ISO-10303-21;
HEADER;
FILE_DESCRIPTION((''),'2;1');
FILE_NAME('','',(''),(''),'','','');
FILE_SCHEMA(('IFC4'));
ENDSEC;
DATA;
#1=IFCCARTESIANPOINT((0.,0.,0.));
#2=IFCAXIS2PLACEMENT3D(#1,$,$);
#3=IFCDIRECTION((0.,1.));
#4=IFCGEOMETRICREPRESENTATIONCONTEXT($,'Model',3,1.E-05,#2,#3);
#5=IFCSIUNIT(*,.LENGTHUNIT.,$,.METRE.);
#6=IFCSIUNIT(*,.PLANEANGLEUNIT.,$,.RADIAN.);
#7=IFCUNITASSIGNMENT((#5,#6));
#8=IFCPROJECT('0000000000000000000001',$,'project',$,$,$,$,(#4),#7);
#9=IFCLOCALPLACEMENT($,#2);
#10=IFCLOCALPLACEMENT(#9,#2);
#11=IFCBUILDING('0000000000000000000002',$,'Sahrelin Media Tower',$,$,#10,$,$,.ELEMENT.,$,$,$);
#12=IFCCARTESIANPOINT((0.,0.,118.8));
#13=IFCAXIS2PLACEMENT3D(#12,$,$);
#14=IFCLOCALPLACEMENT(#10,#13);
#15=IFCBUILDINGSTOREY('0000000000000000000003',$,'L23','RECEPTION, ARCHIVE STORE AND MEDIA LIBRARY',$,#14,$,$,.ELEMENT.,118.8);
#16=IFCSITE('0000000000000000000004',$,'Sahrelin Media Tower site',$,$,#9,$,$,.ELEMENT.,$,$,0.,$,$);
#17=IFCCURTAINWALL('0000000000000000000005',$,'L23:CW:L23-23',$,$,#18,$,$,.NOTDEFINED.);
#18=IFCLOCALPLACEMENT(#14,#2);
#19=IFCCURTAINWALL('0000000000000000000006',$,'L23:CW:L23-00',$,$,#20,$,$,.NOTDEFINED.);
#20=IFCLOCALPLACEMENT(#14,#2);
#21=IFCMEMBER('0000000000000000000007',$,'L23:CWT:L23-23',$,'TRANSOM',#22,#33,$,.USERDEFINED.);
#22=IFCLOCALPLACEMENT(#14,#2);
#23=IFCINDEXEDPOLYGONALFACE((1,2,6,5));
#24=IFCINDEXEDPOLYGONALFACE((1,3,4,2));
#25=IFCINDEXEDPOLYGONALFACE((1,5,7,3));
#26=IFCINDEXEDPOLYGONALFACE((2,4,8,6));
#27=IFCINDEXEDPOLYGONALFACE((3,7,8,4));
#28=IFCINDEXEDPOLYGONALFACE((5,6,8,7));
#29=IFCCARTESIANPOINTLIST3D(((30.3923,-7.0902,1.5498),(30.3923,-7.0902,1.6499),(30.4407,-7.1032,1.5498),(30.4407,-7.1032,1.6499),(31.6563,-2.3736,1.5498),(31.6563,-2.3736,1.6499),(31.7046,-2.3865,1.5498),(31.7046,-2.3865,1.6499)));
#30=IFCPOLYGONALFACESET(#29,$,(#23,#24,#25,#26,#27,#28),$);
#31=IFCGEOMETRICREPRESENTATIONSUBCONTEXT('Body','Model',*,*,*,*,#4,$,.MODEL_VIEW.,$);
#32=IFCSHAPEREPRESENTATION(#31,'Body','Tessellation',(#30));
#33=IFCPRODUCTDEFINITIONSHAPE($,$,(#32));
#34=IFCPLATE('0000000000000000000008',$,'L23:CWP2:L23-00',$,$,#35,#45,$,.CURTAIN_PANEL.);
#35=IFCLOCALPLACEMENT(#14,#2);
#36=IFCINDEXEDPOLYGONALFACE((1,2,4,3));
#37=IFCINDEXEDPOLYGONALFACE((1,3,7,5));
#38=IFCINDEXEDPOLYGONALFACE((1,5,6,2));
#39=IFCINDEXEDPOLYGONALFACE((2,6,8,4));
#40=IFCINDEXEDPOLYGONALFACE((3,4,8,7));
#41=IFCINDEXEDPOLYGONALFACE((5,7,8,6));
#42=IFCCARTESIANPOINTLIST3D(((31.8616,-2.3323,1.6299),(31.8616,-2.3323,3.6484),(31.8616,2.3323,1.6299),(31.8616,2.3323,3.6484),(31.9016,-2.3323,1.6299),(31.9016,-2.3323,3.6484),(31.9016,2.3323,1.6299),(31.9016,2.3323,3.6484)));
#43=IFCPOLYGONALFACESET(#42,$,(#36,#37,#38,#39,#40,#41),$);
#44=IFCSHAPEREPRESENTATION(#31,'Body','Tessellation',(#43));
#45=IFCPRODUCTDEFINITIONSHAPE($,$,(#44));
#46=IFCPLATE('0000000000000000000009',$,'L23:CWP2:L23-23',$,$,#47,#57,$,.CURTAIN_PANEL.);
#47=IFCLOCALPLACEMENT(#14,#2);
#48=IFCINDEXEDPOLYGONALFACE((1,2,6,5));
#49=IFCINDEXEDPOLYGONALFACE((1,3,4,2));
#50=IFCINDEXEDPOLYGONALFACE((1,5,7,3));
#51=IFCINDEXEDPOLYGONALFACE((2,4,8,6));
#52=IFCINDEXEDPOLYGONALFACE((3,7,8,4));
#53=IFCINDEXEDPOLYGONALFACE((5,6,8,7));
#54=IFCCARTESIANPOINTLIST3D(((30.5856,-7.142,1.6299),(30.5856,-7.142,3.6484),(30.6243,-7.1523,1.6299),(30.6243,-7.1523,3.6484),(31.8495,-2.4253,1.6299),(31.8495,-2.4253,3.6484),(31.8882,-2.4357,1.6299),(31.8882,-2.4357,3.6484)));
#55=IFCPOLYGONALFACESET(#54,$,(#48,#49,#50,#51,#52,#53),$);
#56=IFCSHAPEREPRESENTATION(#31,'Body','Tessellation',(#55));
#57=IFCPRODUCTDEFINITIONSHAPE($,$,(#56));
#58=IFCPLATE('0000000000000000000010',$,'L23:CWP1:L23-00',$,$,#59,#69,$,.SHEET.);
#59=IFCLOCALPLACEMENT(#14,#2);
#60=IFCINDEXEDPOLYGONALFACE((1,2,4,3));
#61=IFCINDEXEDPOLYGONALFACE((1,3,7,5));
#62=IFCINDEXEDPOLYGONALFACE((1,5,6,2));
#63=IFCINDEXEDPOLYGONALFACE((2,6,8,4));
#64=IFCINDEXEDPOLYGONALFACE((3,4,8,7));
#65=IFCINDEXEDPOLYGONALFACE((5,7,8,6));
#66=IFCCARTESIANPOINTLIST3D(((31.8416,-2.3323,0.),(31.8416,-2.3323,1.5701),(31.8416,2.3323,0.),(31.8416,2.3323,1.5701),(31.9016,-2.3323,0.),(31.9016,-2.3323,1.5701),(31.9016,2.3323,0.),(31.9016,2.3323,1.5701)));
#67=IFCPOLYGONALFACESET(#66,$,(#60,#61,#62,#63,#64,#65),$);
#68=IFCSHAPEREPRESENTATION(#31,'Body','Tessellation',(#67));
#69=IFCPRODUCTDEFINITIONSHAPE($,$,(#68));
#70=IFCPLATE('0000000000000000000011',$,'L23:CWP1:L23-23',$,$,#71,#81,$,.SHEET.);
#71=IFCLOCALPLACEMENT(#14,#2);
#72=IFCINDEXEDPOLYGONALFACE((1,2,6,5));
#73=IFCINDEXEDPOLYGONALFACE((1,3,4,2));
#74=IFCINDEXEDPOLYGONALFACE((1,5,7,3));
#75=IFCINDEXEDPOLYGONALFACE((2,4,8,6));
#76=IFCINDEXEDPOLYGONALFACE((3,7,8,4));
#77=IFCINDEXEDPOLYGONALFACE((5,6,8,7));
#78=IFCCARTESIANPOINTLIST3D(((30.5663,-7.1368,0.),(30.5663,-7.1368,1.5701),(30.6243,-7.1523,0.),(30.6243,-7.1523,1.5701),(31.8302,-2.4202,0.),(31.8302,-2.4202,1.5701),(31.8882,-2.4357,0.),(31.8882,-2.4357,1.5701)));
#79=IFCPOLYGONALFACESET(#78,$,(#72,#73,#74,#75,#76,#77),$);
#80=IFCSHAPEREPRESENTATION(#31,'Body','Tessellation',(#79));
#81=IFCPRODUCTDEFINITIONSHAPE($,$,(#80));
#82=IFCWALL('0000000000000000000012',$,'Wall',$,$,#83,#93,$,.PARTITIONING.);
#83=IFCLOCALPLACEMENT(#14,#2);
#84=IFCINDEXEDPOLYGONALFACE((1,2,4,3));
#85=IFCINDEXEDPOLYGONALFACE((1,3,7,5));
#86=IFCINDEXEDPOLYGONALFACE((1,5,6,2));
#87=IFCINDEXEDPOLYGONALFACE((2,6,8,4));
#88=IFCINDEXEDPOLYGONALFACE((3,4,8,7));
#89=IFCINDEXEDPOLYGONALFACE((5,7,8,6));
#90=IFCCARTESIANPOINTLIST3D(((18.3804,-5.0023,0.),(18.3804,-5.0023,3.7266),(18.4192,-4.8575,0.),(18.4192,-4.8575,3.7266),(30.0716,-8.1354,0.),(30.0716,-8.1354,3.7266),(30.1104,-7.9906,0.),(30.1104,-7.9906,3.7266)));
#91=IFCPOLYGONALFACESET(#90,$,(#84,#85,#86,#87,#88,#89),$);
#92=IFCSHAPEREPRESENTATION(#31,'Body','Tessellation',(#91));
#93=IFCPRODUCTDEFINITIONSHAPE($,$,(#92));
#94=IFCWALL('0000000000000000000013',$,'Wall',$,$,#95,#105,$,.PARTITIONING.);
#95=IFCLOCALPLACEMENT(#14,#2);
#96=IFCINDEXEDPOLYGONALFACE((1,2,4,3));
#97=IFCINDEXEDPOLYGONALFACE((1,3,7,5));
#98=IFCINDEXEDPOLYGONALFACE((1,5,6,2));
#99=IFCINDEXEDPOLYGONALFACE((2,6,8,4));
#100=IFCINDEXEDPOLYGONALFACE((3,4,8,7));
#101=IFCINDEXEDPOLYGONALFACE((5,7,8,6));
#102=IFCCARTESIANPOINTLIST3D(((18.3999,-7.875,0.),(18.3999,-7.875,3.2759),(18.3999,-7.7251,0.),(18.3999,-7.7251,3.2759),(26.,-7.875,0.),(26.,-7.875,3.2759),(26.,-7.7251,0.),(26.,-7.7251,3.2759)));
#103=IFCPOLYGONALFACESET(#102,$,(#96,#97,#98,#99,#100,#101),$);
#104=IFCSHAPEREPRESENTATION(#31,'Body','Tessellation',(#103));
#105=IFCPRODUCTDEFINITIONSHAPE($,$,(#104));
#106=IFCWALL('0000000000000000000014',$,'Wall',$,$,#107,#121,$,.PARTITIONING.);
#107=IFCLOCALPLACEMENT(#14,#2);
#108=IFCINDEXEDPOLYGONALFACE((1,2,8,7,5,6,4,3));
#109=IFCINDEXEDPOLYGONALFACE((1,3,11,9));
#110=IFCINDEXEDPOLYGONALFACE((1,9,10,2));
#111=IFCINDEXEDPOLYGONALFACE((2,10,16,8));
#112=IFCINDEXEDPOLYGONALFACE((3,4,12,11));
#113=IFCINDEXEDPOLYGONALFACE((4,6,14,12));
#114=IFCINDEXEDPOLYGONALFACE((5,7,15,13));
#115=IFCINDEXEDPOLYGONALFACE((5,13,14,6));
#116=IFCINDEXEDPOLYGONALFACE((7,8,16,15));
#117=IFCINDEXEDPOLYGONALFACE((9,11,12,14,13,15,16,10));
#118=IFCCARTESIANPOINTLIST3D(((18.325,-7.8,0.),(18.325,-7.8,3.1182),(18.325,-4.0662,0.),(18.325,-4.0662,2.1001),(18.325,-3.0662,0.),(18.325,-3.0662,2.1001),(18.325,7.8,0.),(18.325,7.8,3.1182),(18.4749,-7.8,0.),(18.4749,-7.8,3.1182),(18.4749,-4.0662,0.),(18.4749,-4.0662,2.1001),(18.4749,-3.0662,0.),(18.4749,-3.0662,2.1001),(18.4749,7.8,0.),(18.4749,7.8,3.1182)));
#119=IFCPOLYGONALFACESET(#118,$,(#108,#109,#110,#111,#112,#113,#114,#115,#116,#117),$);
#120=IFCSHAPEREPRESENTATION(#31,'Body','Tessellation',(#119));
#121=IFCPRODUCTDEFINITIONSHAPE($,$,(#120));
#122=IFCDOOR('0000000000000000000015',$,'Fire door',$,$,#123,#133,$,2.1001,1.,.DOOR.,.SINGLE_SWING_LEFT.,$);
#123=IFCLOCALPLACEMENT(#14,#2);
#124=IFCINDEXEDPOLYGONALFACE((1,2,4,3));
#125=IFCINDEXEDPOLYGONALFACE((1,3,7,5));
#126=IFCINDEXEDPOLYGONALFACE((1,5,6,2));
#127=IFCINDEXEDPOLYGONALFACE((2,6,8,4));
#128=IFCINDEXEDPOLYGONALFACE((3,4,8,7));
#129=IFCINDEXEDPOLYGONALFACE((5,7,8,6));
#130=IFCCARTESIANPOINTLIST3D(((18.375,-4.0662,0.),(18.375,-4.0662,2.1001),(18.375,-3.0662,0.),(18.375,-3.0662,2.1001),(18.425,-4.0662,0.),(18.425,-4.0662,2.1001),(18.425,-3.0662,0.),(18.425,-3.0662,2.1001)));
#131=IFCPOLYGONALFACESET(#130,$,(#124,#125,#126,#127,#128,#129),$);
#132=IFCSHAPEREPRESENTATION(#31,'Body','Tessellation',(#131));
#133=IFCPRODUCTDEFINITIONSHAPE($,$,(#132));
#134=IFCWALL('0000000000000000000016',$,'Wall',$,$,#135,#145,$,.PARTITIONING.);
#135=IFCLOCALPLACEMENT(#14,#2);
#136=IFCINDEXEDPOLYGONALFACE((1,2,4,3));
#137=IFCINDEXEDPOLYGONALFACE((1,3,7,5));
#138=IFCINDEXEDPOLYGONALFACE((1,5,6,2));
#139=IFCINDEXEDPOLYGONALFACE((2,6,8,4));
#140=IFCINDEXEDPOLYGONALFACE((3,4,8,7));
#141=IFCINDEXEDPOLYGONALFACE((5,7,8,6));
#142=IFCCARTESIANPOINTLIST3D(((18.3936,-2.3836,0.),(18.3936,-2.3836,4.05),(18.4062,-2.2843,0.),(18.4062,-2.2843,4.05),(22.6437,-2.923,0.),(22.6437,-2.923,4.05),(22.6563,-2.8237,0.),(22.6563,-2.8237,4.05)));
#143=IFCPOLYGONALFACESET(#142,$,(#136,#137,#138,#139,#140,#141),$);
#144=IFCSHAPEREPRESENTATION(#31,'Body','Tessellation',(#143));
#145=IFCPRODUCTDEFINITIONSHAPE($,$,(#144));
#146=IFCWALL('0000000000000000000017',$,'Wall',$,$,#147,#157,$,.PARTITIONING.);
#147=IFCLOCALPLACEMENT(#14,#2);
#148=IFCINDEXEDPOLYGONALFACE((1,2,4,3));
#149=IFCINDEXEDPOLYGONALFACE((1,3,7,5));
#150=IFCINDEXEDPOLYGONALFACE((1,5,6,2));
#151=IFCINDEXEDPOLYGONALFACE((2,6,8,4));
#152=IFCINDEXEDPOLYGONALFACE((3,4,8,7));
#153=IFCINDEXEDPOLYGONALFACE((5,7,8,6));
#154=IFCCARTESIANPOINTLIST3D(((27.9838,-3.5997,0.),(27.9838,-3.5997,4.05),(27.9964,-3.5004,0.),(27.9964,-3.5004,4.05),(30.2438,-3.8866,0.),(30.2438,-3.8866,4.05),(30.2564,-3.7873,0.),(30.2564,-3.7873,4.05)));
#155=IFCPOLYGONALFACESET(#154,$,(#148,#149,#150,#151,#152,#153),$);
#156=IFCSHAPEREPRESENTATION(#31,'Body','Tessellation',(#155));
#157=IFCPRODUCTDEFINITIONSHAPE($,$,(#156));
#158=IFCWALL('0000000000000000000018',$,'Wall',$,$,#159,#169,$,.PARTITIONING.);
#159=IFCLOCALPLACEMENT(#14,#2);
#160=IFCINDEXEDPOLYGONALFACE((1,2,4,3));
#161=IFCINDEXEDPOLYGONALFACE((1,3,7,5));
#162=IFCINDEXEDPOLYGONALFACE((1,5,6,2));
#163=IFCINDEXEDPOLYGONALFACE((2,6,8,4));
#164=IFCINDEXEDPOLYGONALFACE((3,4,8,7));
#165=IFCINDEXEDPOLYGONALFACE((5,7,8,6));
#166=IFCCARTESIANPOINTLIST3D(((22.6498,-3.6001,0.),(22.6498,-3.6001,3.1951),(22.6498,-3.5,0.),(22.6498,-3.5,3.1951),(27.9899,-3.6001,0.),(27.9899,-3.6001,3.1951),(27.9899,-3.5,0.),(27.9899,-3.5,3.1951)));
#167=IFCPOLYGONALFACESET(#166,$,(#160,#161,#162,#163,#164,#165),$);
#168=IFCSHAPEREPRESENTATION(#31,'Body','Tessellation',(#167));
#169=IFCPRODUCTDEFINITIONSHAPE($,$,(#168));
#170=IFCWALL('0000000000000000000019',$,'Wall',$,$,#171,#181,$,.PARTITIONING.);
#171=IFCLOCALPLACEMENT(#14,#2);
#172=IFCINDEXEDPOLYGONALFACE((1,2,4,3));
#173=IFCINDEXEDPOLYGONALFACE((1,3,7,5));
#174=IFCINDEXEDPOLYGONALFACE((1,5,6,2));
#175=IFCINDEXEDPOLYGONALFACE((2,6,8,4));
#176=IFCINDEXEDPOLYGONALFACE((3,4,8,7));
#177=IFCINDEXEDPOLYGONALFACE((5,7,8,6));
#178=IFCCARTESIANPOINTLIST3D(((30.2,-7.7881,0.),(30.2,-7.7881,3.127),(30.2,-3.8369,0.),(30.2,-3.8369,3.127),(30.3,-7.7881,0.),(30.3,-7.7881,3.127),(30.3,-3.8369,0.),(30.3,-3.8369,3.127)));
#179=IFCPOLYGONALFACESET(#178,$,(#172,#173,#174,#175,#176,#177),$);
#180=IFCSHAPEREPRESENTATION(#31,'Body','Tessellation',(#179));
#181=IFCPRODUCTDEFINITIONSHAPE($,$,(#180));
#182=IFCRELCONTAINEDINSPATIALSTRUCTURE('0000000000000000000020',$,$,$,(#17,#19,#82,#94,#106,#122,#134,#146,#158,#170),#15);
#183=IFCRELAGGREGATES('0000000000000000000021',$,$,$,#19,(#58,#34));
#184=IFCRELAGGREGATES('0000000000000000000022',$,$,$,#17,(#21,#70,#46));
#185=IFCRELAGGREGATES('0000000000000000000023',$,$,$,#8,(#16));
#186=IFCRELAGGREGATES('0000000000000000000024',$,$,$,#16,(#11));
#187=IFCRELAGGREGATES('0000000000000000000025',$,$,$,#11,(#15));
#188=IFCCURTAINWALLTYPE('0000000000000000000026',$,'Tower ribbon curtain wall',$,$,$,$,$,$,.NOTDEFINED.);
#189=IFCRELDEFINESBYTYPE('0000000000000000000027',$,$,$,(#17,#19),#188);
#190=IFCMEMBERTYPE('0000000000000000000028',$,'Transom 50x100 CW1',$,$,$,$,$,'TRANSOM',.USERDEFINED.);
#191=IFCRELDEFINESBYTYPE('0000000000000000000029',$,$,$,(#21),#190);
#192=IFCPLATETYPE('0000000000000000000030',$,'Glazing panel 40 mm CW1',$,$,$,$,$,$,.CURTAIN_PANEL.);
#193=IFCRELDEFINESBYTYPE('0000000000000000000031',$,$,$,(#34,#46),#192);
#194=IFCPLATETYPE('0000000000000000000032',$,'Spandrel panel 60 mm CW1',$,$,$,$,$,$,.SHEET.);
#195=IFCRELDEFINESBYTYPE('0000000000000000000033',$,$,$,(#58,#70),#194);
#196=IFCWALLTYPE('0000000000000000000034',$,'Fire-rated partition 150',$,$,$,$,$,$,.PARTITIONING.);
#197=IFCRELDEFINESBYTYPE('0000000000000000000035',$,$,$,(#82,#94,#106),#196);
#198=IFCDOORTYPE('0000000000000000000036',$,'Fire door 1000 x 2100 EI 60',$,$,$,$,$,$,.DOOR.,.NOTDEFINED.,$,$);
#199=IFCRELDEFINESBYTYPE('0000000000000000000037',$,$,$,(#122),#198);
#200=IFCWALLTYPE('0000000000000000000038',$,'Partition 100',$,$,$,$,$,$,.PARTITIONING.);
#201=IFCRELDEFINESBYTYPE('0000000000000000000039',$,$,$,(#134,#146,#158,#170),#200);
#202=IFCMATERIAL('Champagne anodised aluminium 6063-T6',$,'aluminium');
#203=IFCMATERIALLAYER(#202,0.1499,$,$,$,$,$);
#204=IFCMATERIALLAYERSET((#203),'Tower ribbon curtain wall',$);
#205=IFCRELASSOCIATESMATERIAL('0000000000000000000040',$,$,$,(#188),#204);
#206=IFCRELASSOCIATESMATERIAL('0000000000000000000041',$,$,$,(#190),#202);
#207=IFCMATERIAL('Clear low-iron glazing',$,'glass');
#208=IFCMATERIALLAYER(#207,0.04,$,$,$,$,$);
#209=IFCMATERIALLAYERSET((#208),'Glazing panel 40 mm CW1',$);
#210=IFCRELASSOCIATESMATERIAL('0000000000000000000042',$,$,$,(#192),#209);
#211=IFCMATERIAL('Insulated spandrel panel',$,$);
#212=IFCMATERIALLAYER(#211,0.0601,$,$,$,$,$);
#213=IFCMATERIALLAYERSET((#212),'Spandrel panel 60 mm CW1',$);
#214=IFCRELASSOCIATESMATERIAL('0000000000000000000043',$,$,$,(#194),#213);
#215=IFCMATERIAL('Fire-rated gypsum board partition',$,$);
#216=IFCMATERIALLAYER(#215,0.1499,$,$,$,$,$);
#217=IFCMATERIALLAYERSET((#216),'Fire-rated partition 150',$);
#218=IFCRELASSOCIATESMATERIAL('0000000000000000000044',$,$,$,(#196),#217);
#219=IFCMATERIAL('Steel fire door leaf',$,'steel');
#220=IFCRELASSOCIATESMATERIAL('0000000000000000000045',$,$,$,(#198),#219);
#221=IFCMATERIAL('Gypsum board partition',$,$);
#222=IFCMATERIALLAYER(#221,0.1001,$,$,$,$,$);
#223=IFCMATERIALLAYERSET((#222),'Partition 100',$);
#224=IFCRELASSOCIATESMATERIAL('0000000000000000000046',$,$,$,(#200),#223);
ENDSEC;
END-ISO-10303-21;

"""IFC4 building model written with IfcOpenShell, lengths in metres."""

from ifc_helpers import new_model, si_unit, direction, frame, frame_2d, origin, origin_2d, place, context, subcontext, project, spatial, polyline, rectangle, outline, extrude, material, layer, layer_set, material_profile, profile_set, type_object, element, fill, aggregate, save


model = new_model("IFC4")

# Units and contexts
model_context = context("Model", 3, precision=1e-05, world=origin(), true_north=direction((0.0, 1.0)))
body_context = subcontext(model_context, "Body", "Model", "MODEL_VIEW")
ifc_project = project(units=[si_unit("LENGTHUNIT", "METRE"), si_unit("PLANEANGLEUNIT", "RADIAN")], contexts=[model_context])

# Site, building, storey
site_placement = place(None, origin())
site = spatial("IfcSite", under=ifc_project, at=site_placement, Name="Sahrelin Media Tower site", CompositionType="ELEMENT", RefElevation=0.0)
building_placement = place(site_placement, origin())
building = spatial("IfcBuilding", under=site, at=building_placement, Name="Sahrelin Media Tower", CompositionType="ELEMENT")
storey_placement = place(building_placement, frame((0.0, 0.0, 118.8)))
storey = spatial("IfcBuildingStorey", under=building, at=storey_placement, Name="L23", Description="RECEPTION, ARCHIVE STORE AND MEDIA LIBRARY", CompositionType="ELEMENT", Elevation=118.8)

# Curtain wall
ifc_material_1 = material(Name="Champagne anodised aluminium 6063-T6", Category="aluminium")
ifc_layer_1 = layer(ifc_material_1, 0.1499)
ifc_layer_set_1 = layer_set([ifc_layer_1], Name="Tower ribbon curtain wall")
curtain_wall_type = type_object("IfcCurtainWallType", Name="Tower ribbon curtain wall", PredefinedType="NOTDEFINED", material=ifc_layer_set_1)
curtain_wall_1_placement = place(storey_placement, frame((31.2368, -4.7888, 0.0), z_axis=(0.0, 0.0, 1.0), x_axis=(1.0, 0.0, 0.0)))
curtain_wall_1 = element("IfcCurtainWall", 1, at=curtain_wall_1_placement, inside=storey, type_object=curtain_wall_type, Name="L23:CW:L23-23", PredefinedType="NOTDEFINED")

# Curtain wall
curtain_wall_2_placement = place(storey_placement, frame((31.8816, 0.0, 0.0), z_axis=(0.0, 0.0, 1.0), x_axis=(1.0, 0.0, 0.0)))
curtain_wall_2 = element("IfcCurtainWall", 2, at=curtain_wall_2_placement, inside=storey, type_object=curtain_wall_type, Name="L23:CW:L23-00", PredefinedType="NOTDEFINED")
ifc_material_profile_1 = material_profile(ifc_material_1, rectangle(XDim=0.05, YDim=0.1001, at=origin_2d()), Name="Transom 50x100")
ifc_profile_set_1 = profile_set([ifc_material_profile_1], Name="Champagne anodised aluminium 6063-T6")
member_type_1 = type_object("IfcMemberType", Name="Transom 50x100 CW1", ElementType="TRANSOM", PredefinedType="USERDEFINED", material=ifc_profile_set_1)

# Member
member_1_placement = place(storey_placement, frame((30.4165, -7.0967, 1.5999), z_axis=(0.258842, 0.96592, 0.0), x_axis=(-0.96592, 0.258842, 0.0)))
member_1 = element("IfcMember", 3, at=member_1_placement, type_object=member_type_1, Name="L23:CWT:L23-23", ObjectType="TRANSOM", PredefinedType="USERDEFINED", context=body_context, shape_type="SweptSolid", body=[
    extrude(rectangle(XDim=0.05, YDim=0.1001, at=origin_2d()), origin(), (0.0, 0.0, 1.0), 4.8831),
])

# Plates
ifc_material_2 = material(Name="Clear low-iron glazing", Category="glass")
ifc_layer_2 = layer(ifc_material_2, 0.04)
ifc_layer_set_2 = layer_set([ifc_layer_2], Name="Glazing panel 40 mm CW1")
plate_type_1 = type_object("IfcPlateType", Name="Glazing panel 40 mm CW1", PredefinedType="CURTAIN_PANEL", material=ifc_layer_set_2)
plate_1_placement = place(storey_placement, frame((31.9016, -2.3323, 1.6299), z_axis=(1.0, 0.0, 0.0), x_axis=(0.0, 1.0, 0.0)))
plate_1 = element("IfcPlate", 4, at=plate_1_placement, type_object=plate_type_1, Name="L23:CWP2:L23-00", PredefinedType="CURTAIN_PANEL", context=body_context, shape_type="SweptSolid", body=[
    extrude(outline(polyline([(0.0, 0.0), (4.6646, 0.0), (4.6646, 2.0186), (0.0, 2.0186), (0.0, 0.0)])), origin(), (0.0, 0.0, -1.0), 0.04),
])
plate_2_placement = place(storey_placement, frame((30.6243, -7.1523, 1.6299), z_axis=(0.96592, -0.258842, 0.0), x_axis=(0.258842, 0.96592, 0.0)))
plate_2 = element("IfcPlate", 5, at=plate_2_placement, type_object=plate_type_1, Name="L23:CWP2:L23-23", PredefinedType="CURTAIN_PANEL", context=body_context, shape_type="SweptSolid", body=[
    extrude(outline(polyline([(0.0, 0.0), (4.8831, 0.0), (4.8831, 2.0186), (0.0, 2.0186), (0.0, 0.0)])), origin(), (0.0, 0.0, -1.0), 0.04),
])
ifc_material_3 = material(Name="Insulated spandrel panel")
ifc_layer_3 = layer(ifc_material_3, 0.0601)
ifc_layer_set_3 = layer_set([ifc_layer_3], Name="Spandrel panel 60 mm CW1")
plate_type_2 = type_object("IfcPlateType", Name="Spandrel panel 60 mm CW1", PredefinedType="SHEET", material=ifc_layer_set_3)
plate_3_placement = place(storey_placement, frame((31.9016, -2.3323, 0.0), z_axis=(1.0, 0.0, 0.0), x_axis=(0.0, 1.0, 0.0)))
plate_3 = element("IfcPlate", 6, at=plate_3_placement, type_object=plate_type_2, Name="L23:CWP1:L23-00", PredefinedType="SHEET", context=body_context, shape_type="SweptSolid", body=[
    extrude(outline(polyline([(0.0, 0.0), (4.6646, 0.0), (4.6646, 1.5701), (0.0, 1.5701), (0.0, 0.0)])), origin(), (0.0, 0.0, -1.0), 0.0601),
])
aggregate(curtain_wall_2, [plate_3, plate_1])
plate_4_placement = place(storey_placement, frame((30.6243, -7.1523, 0.0), z_axis=(0.96592, -0.258842, 0.0), x_axis=(0.258842, 0.96592, 0.0)))
plate_4 = element("IfcPlate", 7, at=plate_4_placement, type_object=plate_type_2, Name="L23:CWP1:L23-23", PredefinedType="SHEET", context=body_context, shape_type="SweptSolid", body=[
    extrude(outline(polyline([(0.0, 0.0), (4.8831, 0.0), (4.8831, 1.5701), (0.0, 1.5701), (0.0, 0.0)])), origin(), (0.0, 0.0, -1.0), 0.0601),
])
aggregate(curtain_wall_1, [member_1, plate_4, plate_2])

# Walls
ifc_material_4 = material(Name="Fire-rated gypsum board partition")
ifc_layer_4 = layer(ifc_material_4, 0.1499)
ifc_layer_set_4 = layer_set([ifc_layer_4], Name="Fire-rated partition 150")
wall_type_1 = type_object("IfcWallType", Name="Fire-rated partition 150", PredefinedType="PARTITIONING", material=ifc_layer_set_4)
wall_1_placement = place(storey_placement, frame((18.3999, -4.9299, 0.0), z_axis=(0.0, 0.0, 1.0), x_axis=(0.965917, -0.258851, 0.0)))
element("IfcWall", 8, at=wall_1_placement, inside=storey, type_object=wall_type_1, Name="Wall", PredefinedType="PARTITIONING", context=body_context, shape_type="SweptSolid", body=[
    extrude(rectangle(XDim=12.1038, YDim=0.1499, at=frame_2d((6.0518, 0.0))), origin(), (0.0, 0.0, 1.0), 3.7266),
])
wall_2_placement = place(storey_placement, frame((18.3999, -7.8, 0.0), z_axis=(0.0, 0.0, 1.0), x_axis=(1.0, 0.0, 0.0)))
element("IfcWall", 9, at=wall_2_placement, inside=storey, type_object=wall_type_1, Name="Wall", PredefinedType="PARTITIONING", context=body_context, shape_type="SweptSolid", body=[
    extrude(rectangle(XDim=7.6001, YDim=0.1499, at=frame_2d((3.8, 0.0))), origin(), (0.0, 0.0, 1.0), 3.2759),
])

# Wall, opening, door
wall_3_placement = place(storey_placement, frame((18.3999, -7.8, 0.0), z_axis=(0.0, 0.0, 1.0), x_axis=(0.0, 1.0, 0.0)))
wall_3 = element("IfcWall", 10, at=wall_3_placement, inside=storey, type_object=wall_type_1, Name="Wall", PredefinedType="PARTITIONING", context=body_context, shape_type="SweptSolid", body=[
    extrude(rectangle(XDim=15.6001, YDim=0.1499, at=frame_2d((7.8, 0.0))), origin(), (0.0, 0.0, 1.0), 3.1182),
])
opening_placement = place(wall_3_placement, frame((3.7339, 0.0, 0.0)))
opening = element("IfcOpeningElement", 11, at=opening_placement, cuts=wall_3, PredefinedType="OPENING", context=body_context, shape_type="SweptSolid", body=[
    extrude(rectangle(XDim=1.0, YDim=2.1001, at=frame_2d((0.5, 1.05))), frame((0.0, 0.075, 0.0), z_axis=(0.0, -1.0, 0.0), x_axis=(1.0, 0.0, 0.0)), (0.0, 0.0, 1.0), 0.1499),
])
ifc_material_5 = material(Name="Steel fire door leaf", Category="steel")
door_type = type_object("IfcDoorType", Name="Fire door 1000 x 2100 EI 60", OperationType="NOTDEFINED", PredefinedType="DOOR", material=ifc_material_5)
door_placement = place(opening_placement, origin())
door = element("IfcDoor", 12, at=door_placement, inside=storey, type_object=door_type, Name="Fire door", OperationType="SINGLE_SWING_LEFT", OverallHeight=2.1001, OverallWidth=1.0, PredefinedType="DOOR", context=body_context, shape_type="SweptSolid", body=[
    extrude(rectangle(XDim=1.0, YDim=2.1001, at=frame_2d((0.5, 1.05))), frame((0.0, 0.0249, 0.0), z_axis=(0.0, -1.0, 0.0), x_axis=(1.0, 0.0, 0.0)), (0.0, 0.0, 1.0), 0.05),
])
fill(opening, door)

# Walls
ifc_material_6 = material(Name="Gypsum board partition")
ifc_layer_5 = layer(ifc_material_6, 0.1001)
ifc_layer_set_5 = layer_set([ifc_layer_5], Name="Partition 100")
wall_type_2 = type_object("IfcWallType", Name="Partition 100", PredefinedType="PARTITIONING", material=ifc_layer_set_5)
wall_4_placement = place(storey_placement, frame((18.3999, -2.334, 0.0), z_axis=(0.0, 0.0, 1.0), x_axis=(0.992045, -0.125886, 0.0)))
element("IfcWall", 13, at=wall_4_placement, inside=storey, type_object=wall_type_2, Name="Wall", PredefinedType="PARTITIONING", context=body_context, shape_type="SweptSolid", body=[
    extrude(rectangle(XDim=4.2842, YDim=0.1001, at=frame_2d((2.1421, 0.0))), origin(), (0.0, 0.0, 1.0), 4.05),
])
wall_5_placement = place(storey_placement, frame((27.99, -3.55, 0.0), z_axis=(0.0, 0.0, 1.0), x_axis=(0.99204, -0.125921, 0.0)))
element("IfcWall", 14, at=wall_5_placement, inside=storey, type_object=wall_type_2, Name="Wall", PredefinedType="PARTITIONING", context=body_context, shape_type="SweptSolid", body=[
    extrude(rectangle(XDim=2.2781, YDim=0.1001, at=frame_2d((1.1392, 0.0))), origin(), (0.0, 0.0, 1.0), 4.05),
])
wall_6_placement = place(storey_placement, frame((22.6499, -3.55, 0.0), z_axis=(0.0, 0.0, 1.0), x_axis=(1.0, 0.0, 0.0)))
element("IfcWall", 15, at=wall_6_placement, inside=storey, type_object=wall_type_2, Name="Wall", PredefinedType="PARTITIONING", context=body_context, shape_type="SweptSolid", body=[
    extrude(rectangle(XDim=5.3401, YDim=0.1001, at=frame_2d((2.6699, 0.0))), origin(), (0.0, 0.0, 1.0), 3.1951),
])
wall_7_placement = place(storey_placement, frame((30.25, -7.7881, 0.0), z_axis=(0.0, 0.0, 1.0), x_axis=(0.0, 1.0, 0.0)))
element("IfcWall", 16, at=wall_7_placement, inside=storey, type_object=wall_type_2, Name="Wall", PredefinedType="PARTITIONING", context=body_context, shape_type="SweptSolid", body=[
    extrude(rectangle(XDim=3.9512, YDim=0.1001, at=frame_2d((1.9756, 0.0))), origin(), (0.0, 0.0, 1.0), 3.127),
])

save(model, "model.ifc")
